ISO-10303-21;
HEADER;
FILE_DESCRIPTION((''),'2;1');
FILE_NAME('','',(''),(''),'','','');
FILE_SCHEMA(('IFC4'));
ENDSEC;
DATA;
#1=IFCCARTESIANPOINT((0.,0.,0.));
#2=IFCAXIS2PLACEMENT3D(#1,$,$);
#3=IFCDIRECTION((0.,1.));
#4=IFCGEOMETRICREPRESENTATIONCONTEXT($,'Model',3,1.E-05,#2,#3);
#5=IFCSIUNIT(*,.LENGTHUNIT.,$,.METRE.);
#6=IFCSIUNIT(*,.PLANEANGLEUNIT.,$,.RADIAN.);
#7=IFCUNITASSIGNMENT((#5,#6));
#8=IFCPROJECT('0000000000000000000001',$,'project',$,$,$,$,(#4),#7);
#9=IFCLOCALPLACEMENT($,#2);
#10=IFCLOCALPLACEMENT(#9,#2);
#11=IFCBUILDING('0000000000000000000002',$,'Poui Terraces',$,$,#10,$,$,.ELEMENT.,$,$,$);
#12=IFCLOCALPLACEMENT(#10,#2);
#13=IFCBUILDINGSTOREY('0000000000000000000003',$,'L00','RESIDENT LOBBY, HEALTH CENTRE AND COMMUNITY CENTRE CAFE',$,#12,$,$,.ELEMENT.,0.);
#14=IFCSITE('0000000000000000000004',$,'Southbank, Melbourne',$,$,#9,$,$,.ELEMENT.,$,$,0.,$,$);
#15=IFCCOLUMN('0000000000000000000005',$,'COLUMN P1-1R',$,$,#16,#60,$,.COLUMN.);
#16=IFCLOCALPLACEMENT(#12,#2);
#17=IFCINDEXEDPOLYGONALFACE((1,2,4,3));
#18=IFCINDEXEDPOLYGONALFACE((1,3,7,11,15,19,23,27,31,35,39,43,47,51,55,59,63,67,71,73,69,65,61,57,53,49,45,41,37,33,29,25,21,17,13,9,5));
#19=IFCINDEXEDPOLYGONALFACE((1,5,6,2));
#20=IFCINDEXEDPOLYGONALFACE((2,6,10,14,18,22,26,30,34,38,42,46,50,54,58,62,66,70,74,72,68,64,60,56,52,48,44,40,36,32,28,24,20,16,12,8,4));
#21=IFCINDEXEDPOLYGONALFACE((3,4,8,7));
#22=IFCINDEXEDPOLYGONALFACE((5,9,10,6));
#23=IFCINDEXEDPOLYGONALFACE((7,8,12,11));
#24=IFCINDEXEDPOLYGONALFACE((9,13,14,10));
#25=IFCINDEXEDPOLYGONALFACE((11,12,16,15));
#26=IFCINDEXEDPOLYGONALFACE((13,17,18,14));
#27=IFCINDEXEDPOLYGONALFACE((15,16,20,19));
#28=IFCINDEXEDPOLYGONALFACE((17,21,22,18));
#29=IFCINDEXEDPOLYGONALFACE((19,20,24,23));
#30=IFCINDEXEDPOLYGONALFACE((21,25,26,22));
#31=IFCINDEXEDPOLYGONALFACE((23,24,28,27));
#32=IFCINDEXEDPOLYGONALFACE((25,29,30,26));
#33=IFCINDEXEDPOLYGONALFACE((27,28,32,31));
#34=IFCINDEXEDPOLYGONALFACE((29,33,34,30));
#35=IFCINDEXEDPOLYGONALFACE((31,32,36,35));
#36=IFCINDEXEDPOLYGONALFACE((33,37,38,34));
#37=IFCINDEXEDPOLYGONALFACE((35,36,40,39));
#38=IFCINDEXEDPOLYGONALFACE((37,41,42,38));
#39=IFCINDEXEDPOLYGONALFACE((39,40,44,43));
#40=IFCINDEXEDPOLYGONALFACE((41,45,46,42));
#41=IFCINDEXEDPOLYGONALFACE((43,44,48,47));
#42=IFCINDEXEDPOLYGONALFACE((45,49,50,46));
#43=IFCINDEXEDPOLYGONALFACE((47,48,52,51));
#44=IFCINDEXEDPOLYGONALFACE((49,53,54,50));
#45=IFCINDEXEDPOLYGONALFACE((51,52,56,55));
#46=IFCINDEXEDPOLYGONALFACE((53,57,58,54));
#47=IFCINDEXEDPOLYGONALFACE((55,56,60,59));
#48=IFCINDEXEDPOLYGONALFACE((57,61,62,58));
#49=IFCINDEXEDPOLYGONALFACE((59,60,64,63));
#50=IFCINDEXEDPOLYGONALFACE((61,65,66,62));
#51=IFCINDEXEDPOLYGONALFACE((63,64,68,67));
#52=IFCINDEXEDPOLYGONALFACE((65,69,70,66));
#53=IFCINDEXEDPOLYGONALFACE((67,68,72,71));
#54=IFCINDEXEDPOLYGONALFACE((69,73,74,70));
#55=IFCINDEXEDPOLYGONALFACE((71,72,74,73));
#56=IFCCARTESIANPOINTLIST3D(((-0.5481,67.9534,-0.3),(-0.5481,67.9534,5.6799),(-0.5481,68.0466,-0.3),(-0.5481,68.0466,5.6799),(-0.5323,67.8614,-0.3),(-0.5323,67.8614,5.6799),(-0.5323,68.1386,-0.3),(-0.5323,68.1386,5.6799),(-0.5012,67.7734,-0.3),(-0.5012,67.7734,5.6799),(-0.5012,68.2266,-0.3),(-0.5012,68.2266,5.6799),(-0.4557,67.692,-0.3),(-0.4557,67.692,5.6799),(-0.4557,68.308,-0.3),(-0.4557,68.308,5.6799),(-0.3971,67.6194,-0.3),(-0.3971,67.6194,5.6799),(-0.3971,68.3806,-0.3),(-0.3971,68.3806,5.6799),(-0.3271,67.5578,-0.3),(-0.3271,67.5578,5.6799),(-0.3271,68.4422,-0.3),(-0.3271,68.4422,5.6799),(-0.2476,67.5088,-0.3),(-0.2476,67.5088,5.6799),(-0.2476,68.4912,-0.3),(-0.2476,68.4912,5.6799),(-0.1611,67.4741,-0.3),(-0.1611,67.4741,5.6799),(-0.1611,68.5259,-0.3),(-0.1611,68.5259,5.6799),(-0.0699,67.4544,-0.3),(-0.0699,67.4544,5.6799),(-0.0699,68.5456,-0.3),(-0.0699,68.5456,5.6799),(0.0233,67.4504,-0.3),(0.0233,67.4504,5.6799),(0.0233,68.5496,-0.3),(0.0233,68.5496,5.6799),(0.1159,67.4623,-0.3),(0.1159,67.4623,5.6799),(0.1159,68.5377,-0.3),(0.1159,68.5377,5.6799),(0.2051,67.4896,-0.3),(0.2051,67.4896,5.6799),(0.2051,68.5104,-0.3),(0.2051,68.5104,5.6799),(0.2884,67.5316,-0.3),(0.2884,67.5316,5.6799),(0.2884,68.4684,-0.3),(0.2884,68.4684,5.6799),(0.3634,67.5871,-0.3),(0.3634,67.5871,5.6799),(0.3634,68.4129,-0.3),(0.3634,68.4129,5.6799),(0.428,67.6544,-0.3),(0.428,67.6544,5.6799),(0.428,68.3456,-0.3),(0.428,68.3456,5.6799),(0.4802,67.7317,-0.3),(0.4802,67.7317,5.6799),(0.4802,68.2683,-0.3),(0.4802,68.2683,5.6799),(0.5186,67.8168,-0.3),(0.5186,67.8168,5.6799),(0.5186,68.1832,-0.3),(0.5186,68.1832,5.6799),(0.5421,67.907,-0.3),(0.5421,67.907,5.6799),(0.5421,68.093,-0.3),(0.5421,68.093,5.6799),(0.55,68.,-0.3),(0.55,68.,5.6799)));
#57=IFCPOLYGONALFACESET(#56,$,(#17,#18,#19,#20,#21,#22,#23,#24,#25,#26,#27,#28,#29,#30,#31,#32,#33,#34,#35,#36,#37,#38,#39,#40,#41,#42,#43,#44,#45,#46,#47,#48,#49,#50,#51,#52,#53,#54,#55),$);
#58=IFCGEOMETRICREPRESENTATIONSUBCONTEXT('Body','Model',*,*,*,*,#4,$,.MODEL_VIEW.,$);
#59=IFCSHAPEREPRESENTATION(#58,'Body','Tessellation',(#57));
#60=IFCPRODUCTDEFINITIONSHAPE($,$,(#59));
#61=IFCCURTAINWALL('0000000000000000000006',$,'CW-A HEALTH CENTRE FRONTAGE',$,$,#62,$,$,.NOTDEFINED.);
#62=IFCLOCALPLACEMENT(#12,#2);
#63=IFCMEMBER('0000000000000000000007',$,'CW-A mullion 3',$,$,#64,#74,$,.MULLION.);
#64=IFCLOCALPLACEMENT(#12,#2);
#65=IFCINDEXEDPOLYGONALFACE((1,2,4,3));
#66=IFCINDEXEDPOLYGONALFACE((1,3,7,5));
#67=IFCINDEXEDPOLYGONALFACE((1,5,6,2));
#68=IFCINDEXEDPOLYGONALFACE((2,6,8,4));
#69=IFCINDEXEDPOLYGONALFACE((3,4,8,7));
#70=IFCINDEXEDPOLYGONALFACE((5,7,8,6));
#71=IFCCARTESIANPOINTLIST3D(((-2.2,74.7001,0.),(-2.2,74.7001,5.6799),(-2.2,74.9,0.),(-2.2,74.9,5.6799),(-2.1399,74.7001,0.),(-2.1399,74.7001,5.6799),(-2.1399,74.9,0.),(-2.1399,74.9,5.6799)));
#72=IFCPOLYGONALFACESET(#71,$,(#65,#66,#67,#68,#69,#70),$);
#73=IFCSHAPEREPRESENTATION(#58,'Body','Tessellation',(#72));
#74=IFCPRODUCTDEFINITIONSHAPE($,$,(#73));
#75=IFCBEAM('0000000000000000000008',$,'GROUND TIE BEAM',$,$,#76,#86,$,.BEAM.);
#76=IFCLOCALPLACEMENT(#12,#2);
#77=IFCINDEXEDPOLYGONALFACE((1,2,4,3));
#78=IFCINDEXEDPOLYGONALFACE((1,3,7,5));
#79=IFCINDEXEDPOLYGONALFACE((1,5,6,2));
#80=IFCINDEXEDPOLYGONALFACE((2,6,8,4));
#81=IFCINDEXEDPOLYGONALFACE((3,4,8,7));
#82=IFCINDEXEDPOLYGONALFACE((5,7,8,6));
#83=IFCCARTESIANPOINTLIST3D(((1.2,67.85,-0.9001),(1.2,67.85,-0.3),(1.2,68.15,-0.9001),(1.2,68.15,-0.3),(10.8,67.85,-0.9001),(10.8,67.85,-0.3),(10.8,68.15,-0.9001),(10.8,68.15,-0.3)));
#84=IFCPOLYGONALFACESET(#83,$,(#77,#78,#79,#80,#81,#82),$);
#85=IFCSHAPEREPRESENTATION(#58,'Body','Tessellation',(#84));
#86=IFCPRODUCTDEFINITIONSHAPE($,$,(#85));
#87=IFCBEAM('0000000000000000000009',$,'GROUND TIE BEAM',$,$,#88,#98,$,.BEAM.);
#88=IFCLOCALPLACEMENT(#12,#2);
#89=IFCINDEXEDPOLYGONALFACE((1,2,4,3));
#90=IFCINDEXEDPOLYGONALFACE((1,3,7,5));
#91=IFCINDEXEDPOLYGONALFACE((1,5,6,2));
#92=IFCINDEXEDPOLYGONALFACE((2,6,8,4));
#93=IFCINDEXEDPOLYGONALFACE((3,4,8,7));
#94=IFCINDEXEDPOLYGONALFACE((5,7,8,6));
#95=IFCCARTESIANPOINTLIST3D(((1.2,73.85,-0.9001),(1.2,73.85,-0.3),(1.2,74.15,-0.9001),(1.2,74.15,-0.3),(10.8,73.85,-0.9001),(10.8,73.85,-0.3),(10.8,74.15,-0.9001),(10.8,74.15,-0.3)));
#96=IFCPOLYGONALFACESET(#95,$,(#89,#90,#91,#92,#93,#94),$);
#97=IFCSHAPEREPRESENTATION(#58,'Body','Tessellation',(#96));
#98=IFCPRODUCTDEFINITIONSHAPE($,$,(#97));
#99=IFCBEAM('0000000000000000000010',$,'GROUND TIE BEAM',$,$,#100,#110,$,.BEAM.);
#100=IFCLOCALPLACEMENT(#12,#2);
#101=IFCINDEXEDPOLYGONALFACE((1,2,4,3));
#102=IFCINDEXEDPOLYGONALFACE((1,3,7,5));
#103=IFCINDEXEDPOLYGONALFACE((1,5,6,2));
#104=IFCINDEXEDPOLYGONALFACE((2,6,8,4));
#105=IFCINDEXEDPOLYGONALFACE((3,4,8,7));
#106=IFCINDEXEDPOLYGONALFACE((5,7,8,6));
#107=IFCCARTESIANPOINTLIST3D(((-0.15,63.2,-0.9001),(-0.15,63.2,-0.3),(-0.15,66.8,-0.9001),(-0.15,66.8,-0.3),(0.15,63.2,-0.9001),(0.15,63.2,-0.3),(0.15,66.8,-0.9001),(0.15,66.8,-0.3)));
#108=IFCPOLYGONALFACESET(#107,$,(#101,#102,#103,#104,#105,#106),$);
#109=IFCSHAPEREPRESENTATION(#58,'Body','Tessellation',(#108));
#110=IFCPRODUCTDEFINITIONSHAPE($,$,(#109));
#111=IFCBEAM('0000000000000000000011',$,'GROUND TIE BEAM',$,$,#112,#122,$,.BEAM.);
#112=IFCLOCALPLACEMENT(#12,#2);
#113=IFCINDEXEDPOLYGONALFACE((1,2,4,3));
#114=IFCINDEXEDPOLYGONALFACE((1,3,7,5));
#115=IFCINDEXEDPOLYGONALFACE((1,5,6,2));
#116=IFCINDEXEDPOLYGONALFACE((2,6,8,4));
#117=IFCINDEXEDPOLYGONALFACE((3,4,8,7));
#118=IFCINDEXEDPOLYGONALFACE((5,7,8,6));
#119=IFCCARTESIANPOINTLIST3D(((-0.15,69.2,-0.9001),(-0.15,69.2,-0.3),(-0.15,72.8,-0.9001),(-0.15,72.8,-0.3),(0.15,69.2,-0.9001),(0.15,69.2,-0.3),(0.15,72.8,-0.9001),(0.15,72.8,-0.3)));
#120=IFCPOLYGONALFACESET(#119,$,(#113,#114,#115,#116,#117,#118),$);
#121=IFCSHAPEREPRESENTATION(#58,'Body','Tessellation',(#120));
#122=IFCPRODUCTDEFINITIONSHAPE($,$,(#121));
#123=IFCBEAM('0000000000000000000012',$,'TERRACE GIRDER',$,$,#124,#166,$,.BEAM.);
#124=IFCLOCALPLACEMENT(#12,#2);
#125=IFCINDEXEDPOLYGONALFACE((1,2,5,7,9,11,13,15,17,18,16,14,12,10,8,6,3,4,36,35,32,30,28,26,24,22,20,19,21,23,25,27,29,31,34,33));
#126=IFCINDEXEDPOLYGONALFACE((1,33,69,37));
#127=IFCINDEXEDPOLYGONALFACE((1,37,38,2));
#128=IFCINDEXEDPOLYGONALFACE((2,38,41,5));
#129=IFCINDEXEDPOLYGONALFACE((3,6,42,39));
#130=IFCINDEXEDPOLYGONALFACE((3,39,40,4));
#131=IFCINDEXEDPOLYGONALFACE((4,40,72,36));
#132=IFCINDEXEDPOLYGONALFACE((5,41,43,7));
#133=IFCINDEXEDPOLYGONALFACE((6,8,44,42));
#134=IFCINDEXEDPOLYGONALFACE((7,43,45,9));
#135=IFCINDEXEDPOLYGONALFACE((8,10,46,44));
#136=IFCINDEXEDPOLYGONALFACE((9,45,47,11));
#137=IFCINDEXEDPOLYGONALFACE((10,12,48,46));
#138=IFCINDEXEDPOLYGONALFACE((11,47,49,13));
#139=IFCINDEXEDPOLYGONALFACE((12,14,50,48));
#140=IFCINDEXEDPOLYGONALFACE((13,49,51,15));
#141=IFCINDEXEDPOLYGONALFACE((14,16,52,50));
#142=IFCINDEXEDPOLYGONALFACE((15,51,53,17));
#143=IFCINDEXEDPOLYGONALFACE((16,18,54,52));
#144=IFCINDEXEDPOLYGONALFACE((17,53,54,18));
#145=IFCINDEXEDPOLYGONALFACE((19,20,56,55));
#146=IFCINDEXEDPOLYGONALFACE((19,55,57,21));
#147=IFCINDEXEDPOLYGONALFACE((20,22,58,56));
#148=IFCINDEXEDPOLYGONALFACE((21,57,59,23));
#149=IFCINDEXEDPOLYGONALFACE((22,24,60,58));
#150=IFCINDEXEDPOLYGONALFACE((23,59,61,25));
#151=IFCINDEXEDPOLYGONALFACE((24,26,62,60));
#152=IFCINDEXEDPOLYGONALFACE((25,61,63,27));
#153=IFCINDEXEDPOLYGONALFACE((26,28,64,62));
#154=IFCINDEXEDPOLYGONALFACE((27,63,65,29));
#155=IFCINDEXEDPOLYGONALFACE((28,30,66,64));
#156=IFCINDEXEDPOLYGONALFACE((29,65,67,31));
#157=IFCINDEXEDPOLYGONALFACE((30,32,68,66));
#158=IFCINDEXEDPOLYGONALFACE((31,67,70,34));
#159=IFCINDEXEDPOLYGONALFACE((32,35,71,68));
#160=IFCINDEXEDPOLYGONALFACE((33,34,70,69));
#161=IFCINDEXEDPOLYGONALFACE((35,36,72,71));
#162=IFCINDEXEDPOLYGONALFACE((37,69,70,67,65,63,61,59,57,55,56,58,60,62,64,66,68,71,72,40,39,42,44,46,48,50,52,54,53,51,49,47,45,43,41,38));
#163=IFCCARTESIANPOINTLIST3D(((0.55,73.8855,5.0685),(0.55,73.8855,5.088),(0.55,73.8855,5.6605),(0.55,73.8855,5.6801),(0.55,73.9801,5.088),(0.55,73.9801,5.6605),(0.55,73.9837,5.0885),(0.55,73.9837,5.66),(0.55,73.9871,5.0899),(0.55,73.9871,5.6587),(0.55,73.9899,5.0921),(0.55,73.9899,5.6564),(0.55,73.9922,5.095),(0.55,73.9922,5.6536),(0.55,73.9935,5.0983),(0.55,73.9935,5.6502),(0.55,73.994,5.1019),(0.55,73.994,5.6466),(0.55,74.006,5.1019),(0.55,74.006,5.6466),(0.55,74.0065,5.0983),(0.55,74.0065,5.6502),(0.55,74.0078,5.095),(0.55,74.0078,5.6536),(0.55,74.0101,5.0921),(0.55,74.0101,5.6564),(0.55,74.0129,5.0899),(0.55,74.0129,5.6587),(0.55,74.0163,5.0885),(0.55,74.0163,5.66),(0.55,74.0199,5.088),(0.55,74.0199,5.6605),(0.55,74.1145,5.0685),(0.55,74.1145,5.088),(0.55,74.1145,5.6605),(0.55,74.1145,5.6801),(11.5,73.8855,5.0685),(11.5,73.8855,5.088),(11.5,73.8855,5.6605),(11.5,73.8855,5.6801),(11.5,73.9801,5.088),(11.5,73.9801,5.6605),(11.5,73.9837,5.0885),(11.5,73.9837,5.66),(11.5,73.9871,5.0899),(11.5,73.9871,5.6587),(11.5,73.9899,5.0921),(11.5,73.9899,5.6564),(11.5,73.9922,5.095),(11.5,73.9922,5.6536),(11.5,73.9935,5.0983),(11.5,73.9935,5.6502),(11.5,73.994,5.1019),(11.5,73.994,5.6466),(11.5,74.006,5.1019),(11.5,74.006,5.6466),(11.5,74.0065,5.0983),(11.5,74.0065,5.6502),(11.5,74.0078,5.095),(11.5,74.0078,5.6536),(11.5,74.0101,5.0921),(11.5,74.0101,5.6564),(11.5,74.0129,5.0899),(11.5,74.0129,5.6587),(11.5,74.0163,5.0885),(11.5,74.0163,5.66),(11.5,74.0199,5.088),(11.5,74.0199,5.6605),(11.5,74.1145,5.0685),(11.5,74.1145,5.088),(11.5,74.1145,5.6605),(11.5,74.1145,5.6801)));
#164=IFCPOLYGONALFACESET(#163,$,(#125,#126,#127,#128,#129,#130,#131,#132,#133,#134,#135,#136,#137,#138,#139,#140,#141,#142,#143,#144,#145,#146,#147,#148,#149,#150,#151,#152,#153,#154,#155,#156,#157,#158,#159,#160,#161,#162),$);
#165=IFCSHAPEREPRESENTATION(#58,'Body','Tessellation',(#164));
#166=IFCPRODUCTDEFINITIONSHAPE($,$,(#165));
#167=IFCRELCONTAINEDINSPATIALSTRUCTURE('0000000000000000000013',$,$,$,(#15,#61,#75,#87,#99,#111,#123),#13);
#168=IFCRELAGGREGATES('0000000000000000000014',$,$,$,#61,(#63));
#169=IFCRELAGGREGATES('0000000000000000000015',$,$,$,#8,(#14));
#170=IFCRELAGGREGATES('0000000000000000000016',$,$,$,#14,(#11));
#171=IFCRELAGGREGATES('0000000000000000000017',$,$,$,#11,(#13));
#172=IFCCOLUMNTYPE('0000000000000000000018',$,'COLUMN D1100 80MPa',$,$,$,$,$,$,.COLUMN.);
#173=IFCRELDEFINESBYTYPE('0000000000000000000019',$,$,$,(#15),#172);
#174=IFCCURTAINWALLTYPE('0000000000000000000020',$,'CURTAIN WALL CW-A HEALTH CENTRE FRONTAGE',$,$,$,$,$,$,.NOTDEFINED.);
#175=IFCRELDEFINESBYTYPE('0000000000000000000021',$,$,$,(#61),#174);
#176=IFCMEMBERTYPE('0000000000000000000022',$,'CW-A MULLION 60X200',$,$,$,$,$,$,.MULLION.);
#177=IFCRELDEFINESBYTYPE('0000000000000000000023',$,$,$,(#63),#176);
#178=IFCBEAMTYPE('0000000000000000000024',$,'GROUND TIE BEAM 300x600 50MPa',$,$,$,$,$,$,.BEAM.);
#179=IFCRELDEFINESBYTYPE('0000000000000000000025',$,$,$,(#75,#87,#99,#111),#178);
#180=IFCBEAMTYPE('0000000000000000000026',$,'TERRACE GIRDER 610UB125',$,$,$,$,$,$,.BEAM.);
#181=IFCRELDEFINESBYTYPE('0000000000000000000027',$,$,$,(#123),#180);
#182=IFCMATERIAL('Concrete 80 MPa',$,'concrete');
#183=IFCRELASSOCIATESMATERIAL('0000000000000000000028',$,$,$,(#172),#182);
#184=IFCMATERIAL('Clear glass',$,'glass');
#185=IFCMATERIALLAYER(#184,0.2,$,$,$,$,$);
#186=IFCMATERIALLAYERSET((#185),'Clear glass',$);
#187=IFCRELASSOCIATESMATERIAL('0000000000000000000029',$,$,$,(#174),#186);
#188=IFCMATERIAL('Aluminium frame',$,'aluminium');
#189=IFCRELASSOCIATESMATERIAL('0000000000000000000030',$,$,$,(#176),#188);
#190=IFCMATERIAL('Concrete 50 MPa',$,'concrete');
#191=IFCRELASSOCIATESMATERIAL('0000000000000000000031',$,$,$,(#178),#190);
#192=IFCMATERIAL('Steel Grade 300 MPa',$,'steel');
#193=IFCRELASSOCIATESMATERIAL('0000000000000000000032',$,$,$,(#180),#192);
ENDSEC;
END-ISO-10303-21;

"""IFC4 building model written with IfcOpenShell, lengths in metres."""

from ifc_helpers import new_model, si_unit, direction, frame, origin, origin_2d, place, context, subcontext, project, spatial, rectangle, circle, i_section, extrude, source, transform, mapped, material, layer, layer_set, material_profile, profile_set, type_object, element, aggregate, save


model = new_model("IFC4")

# Units and contexts
model_context = context("Model", 3, precision=1e-05, world=origin(), true_north=direction((0.0, 1.0)))
body_context = subcontext(model_context, "Body", "Model", "MODEL_VIEW")
ifc_project = project(units=[si_unit("LENGTHUNIT", "METRE"), si_unit("PLANEANGLEUNIT", "RADIAN")], contexts=[model_context])

# Site, building, storey
site_placement = place(None, origin())
site = spatial("IfcSite", under=ifc_project, at=site_placement, Name="Southbank, Melbourne", CompositionType="ELEMENT", RefElevation=0.0)
building_placement = place(site_placement, origin())
building = spatial("IfcBuilding", under=site, at=building_placement, Name="Poui Terraces", CompositionType="ELEMENT")
storey_placement = place(building_placement, origin())
storey = spatial("IfcBuildingStorey", under=building, at=storey_placement, Name="L00", Description="RESIDENT LOBBY, HEALTH CENTRE AND COMMUNITY CENTRE CAFE", CompositionType="ELEMENT", Elevation=0.0)

# Shared definitions
ifc_material_1 = material(Name="Concrete 50 MPa", Category="concrete")

# Column
ifc_material_2 = material(Name="Concrete 80 MPa", Category="concrete")
ifc_material_profile_1 = material_profile(ifc_material_2, circle(Radius=0.55, at=origin_2d()), Name="RC D1100")
ifc_profile_set_1 = profile_set([ifc_material_profile_1], Name="Concrete 80 MPa")
column_type = type_object("IfcColumnType", Name="COLUMN D1100 80MPa", PredefinedType="COLUMN", material=ifc_profile_set_1)
shared_shape_1 = source(origin(), body_context, "Body", "SweptSolid", [
    extrude(circle(Radius=0.55, at=origin_2d()), origin(), (0.0, 0.0, 1.0), 5.98),
])
for number, where, z_axis, x_axis, name in (
    (1, (0.0, 68.0, -0.3), (0.0, 0.0, 1.0), (1.0, 0.0, 0.0), "COLUMN P1-1R"),
):
    element("IfcColumn", number, at=place(storey_placement, frame(where, z_axis=z_axis, x_axis=x_axis)), inside=storey, type_object=column_type, Name=name, PredefinedType="COLUMN", context=body_context, shape_type="MappedRepresentation", body=[
        mapped(shared_shape_1, transform((0.0, 0.0, 0.0))),
    ])

# Curtain wall, member
ifc_material_3 = material(Name="Clear glass", Category="glass")
ifc_layer_1 = layer(ifc_material_3, 0.2)
ifc_layer_set_1 = layer_set([ifc_layer_1], Name="Clear glass")
curtain_wall_type = type_object("IfcCurtainWallType", Name="CURTAIN WALL CW-A HEALTH CENTRE FRONTAGE", PredefinedType="NOTDEFINED", material=ifc_layer_set_1)
curtain_wall_placement = place(storey_placement, origin())
curtain_wall = element("IfcCurtainWall", 2, at=curtain_wall_placement, inside=storey, type_object=curtain_wall_type, Name="CW-A HEALTH CENTRE FRONTAGE", PredefinedType="NOTDEFINED")
ifc_material_4 = material(Name="Aluminium frame", Category="aluminium")
ifc_material_profile_2 = material_profile(ifc_material_4, rectangle(XDim=0.2, YDim=0.0601, at=origin_2d()), Name="CW-A MULLION 60X200")
ifc_profile_set_2 = profile_set([ifc_material_profile_2], Name="Aluminium frame")
member_type = type_object("IfcMemberType", Name="CW-A MULLION 60X200", PredefinedType="MULLION", material=ifc_profile_set_2)
member_placement = place(storey_placement, frame((-2.1699, 74.8, 0.0), z_axis=(0.0, 0.0, 1.0), x_axis=(0.0, -1.0, 0.0)))
member = element("IfcMember", 3, at=member_placement, type_object=member_type, Name="CW-A mullion 3", PredefinedType="MULLION", context=body_context, shape_type="SweptSolid", body=[
    extrude(rectangle(XDim=0.2, YDim=0.0601, at=origin_2d()), origin(), (0.0, 0.0, 1.0), 5.6799),
])

# Beams
ifc_material_profile_3 = material_profile(ifc_material_1, rectangle(XDim=0.3, YDim=0.6001, at=origin_2d()), Name="RC 300x600")
ifc_profile_set_3 = profile_set([ifc_material_profile_3], Name="Concrete 50 MPa")
beam_type_1 = type_object("IfcBeamType", Name="GROUND TIE BEAM 300x600 50MPa", PredefinedType="BEAM", material=ifc_profile_set_3)
shared_shape_2 = source(origin(), body_context, "Body", "SweptSolid", [
    extrude(rectangle(XDim=0.3, YDim=0.6001, at=origin_2d()), origin(), (0.0, 0.0, 1.0), 9.6001),
])
for number, where, z_axis, x_axis, name in (
    (4, (1.2, 68.0, -0.6001), (1.0, 0.0, 0.0), (0.0, 1.0, 0.0), "GROUND TIE BEAM"),
    (5, (1.2, 74.0, -0.6001), (1.0, 0.0, 0.0), (0.0, 1.0, 0.0), "GROUND TIE BEAM"),
):
    element("IfcBeam", number, at=place(storey_placement, frame(where, z_axis=z_axis, x_axis=x_axis)), inside=storey, type_object=beam_type_1, Name=name, PredefinedType="BEAM", context=body_context, shape_type="MappedRepresentation", body=[
        mapped(shared_shape_2, transform((0.0, 0.0, 0.0))),
    ])
shared_shape_3 = source(origin(), body_context, "Body", "SweptSolid", [
    extrude(rectangle(XDim=0.3, YDim=0.6001, at=origin_2d()), origin(), (0.0, 0.0, 1.0), 3.6001),
])
for number, where, z_axis, x_axis, name in (
    (6, (0.0, 63.2, -0.6001), (0.0, 1.0, 0.0), (-1.0, 0.0, 0.0), "GROUND TIE BEAM"),
    (7, (0.0, 69.2, -0.6001), (0.0, 1.0, 0.0), (-1.0, 0.0, 0.0), "GROUND TIE BEAM"),
):
    element("IfcBeam", number, at=place(storey_placement, frame(where, z_axis=z_axis, x_axis=x_axis)), inside=storey, type_object=beam_type_1, Name=name, PredefinedType="BEAM", context=body_context, shape_type="MappedRepresentation", body=[
        mapped(shared_shape_3, transform((0.0, 0.0, 0.0))),
    ])
ifc_material_5 = material(Name="Steel Grade 300 MPa", Category="steel")
ifc_material_profile_4 = material_profile(ifc_material_5, i_section(OverallWidth=0.229, OverallDepth=0.6116, WebThickness=0.012, FlangeThickness=0.0195, FilletRadius=0.0139, at=origin_2d()), Name="610UB125")
ifc_profile_set_4 = profile_set([ifc_material_profile_4], Name="Steel Grade 300 MPa")
beam_type_2 = type_object("IfcBeamType", Name="TERRACE GIRDER 610UB125", PredefinedType="BEAM", material=ifc_profile_set_4)
shared_shape_4 = source(origin(), body_context, "Body", "SweptSolid", [
    extrude(i_section(OverallWidth=0.229, OverallDepth=0.6116, WebThickness=0.012, FlangeThickness=0.0195, FilletRadius=0.0139, at=origin_2d()), origin(), (0.0, 0.0, 1.0), 10.95),
])
beam_1_placement = place(storey_placement, frame((0.55, 74.0, 5.3743), z_axis=(1.0, 0.0, 0.0), x_axis=(0.0, 1.0, 0.0)))
element("IfcBeam", 8, at=beam_1_placement, inside=storey, type_object=beam_type_2, Name="TERRACE GIRDER", PredefinedType="BEAM", context=body_context, shape_type="MappedRepresentation", body=[
    mapped(shared_shape_4, transform((0.0, 0.0, 0.0))),
])

aggregate(curtain_wall, [member])

save(model, "model.ifc")
